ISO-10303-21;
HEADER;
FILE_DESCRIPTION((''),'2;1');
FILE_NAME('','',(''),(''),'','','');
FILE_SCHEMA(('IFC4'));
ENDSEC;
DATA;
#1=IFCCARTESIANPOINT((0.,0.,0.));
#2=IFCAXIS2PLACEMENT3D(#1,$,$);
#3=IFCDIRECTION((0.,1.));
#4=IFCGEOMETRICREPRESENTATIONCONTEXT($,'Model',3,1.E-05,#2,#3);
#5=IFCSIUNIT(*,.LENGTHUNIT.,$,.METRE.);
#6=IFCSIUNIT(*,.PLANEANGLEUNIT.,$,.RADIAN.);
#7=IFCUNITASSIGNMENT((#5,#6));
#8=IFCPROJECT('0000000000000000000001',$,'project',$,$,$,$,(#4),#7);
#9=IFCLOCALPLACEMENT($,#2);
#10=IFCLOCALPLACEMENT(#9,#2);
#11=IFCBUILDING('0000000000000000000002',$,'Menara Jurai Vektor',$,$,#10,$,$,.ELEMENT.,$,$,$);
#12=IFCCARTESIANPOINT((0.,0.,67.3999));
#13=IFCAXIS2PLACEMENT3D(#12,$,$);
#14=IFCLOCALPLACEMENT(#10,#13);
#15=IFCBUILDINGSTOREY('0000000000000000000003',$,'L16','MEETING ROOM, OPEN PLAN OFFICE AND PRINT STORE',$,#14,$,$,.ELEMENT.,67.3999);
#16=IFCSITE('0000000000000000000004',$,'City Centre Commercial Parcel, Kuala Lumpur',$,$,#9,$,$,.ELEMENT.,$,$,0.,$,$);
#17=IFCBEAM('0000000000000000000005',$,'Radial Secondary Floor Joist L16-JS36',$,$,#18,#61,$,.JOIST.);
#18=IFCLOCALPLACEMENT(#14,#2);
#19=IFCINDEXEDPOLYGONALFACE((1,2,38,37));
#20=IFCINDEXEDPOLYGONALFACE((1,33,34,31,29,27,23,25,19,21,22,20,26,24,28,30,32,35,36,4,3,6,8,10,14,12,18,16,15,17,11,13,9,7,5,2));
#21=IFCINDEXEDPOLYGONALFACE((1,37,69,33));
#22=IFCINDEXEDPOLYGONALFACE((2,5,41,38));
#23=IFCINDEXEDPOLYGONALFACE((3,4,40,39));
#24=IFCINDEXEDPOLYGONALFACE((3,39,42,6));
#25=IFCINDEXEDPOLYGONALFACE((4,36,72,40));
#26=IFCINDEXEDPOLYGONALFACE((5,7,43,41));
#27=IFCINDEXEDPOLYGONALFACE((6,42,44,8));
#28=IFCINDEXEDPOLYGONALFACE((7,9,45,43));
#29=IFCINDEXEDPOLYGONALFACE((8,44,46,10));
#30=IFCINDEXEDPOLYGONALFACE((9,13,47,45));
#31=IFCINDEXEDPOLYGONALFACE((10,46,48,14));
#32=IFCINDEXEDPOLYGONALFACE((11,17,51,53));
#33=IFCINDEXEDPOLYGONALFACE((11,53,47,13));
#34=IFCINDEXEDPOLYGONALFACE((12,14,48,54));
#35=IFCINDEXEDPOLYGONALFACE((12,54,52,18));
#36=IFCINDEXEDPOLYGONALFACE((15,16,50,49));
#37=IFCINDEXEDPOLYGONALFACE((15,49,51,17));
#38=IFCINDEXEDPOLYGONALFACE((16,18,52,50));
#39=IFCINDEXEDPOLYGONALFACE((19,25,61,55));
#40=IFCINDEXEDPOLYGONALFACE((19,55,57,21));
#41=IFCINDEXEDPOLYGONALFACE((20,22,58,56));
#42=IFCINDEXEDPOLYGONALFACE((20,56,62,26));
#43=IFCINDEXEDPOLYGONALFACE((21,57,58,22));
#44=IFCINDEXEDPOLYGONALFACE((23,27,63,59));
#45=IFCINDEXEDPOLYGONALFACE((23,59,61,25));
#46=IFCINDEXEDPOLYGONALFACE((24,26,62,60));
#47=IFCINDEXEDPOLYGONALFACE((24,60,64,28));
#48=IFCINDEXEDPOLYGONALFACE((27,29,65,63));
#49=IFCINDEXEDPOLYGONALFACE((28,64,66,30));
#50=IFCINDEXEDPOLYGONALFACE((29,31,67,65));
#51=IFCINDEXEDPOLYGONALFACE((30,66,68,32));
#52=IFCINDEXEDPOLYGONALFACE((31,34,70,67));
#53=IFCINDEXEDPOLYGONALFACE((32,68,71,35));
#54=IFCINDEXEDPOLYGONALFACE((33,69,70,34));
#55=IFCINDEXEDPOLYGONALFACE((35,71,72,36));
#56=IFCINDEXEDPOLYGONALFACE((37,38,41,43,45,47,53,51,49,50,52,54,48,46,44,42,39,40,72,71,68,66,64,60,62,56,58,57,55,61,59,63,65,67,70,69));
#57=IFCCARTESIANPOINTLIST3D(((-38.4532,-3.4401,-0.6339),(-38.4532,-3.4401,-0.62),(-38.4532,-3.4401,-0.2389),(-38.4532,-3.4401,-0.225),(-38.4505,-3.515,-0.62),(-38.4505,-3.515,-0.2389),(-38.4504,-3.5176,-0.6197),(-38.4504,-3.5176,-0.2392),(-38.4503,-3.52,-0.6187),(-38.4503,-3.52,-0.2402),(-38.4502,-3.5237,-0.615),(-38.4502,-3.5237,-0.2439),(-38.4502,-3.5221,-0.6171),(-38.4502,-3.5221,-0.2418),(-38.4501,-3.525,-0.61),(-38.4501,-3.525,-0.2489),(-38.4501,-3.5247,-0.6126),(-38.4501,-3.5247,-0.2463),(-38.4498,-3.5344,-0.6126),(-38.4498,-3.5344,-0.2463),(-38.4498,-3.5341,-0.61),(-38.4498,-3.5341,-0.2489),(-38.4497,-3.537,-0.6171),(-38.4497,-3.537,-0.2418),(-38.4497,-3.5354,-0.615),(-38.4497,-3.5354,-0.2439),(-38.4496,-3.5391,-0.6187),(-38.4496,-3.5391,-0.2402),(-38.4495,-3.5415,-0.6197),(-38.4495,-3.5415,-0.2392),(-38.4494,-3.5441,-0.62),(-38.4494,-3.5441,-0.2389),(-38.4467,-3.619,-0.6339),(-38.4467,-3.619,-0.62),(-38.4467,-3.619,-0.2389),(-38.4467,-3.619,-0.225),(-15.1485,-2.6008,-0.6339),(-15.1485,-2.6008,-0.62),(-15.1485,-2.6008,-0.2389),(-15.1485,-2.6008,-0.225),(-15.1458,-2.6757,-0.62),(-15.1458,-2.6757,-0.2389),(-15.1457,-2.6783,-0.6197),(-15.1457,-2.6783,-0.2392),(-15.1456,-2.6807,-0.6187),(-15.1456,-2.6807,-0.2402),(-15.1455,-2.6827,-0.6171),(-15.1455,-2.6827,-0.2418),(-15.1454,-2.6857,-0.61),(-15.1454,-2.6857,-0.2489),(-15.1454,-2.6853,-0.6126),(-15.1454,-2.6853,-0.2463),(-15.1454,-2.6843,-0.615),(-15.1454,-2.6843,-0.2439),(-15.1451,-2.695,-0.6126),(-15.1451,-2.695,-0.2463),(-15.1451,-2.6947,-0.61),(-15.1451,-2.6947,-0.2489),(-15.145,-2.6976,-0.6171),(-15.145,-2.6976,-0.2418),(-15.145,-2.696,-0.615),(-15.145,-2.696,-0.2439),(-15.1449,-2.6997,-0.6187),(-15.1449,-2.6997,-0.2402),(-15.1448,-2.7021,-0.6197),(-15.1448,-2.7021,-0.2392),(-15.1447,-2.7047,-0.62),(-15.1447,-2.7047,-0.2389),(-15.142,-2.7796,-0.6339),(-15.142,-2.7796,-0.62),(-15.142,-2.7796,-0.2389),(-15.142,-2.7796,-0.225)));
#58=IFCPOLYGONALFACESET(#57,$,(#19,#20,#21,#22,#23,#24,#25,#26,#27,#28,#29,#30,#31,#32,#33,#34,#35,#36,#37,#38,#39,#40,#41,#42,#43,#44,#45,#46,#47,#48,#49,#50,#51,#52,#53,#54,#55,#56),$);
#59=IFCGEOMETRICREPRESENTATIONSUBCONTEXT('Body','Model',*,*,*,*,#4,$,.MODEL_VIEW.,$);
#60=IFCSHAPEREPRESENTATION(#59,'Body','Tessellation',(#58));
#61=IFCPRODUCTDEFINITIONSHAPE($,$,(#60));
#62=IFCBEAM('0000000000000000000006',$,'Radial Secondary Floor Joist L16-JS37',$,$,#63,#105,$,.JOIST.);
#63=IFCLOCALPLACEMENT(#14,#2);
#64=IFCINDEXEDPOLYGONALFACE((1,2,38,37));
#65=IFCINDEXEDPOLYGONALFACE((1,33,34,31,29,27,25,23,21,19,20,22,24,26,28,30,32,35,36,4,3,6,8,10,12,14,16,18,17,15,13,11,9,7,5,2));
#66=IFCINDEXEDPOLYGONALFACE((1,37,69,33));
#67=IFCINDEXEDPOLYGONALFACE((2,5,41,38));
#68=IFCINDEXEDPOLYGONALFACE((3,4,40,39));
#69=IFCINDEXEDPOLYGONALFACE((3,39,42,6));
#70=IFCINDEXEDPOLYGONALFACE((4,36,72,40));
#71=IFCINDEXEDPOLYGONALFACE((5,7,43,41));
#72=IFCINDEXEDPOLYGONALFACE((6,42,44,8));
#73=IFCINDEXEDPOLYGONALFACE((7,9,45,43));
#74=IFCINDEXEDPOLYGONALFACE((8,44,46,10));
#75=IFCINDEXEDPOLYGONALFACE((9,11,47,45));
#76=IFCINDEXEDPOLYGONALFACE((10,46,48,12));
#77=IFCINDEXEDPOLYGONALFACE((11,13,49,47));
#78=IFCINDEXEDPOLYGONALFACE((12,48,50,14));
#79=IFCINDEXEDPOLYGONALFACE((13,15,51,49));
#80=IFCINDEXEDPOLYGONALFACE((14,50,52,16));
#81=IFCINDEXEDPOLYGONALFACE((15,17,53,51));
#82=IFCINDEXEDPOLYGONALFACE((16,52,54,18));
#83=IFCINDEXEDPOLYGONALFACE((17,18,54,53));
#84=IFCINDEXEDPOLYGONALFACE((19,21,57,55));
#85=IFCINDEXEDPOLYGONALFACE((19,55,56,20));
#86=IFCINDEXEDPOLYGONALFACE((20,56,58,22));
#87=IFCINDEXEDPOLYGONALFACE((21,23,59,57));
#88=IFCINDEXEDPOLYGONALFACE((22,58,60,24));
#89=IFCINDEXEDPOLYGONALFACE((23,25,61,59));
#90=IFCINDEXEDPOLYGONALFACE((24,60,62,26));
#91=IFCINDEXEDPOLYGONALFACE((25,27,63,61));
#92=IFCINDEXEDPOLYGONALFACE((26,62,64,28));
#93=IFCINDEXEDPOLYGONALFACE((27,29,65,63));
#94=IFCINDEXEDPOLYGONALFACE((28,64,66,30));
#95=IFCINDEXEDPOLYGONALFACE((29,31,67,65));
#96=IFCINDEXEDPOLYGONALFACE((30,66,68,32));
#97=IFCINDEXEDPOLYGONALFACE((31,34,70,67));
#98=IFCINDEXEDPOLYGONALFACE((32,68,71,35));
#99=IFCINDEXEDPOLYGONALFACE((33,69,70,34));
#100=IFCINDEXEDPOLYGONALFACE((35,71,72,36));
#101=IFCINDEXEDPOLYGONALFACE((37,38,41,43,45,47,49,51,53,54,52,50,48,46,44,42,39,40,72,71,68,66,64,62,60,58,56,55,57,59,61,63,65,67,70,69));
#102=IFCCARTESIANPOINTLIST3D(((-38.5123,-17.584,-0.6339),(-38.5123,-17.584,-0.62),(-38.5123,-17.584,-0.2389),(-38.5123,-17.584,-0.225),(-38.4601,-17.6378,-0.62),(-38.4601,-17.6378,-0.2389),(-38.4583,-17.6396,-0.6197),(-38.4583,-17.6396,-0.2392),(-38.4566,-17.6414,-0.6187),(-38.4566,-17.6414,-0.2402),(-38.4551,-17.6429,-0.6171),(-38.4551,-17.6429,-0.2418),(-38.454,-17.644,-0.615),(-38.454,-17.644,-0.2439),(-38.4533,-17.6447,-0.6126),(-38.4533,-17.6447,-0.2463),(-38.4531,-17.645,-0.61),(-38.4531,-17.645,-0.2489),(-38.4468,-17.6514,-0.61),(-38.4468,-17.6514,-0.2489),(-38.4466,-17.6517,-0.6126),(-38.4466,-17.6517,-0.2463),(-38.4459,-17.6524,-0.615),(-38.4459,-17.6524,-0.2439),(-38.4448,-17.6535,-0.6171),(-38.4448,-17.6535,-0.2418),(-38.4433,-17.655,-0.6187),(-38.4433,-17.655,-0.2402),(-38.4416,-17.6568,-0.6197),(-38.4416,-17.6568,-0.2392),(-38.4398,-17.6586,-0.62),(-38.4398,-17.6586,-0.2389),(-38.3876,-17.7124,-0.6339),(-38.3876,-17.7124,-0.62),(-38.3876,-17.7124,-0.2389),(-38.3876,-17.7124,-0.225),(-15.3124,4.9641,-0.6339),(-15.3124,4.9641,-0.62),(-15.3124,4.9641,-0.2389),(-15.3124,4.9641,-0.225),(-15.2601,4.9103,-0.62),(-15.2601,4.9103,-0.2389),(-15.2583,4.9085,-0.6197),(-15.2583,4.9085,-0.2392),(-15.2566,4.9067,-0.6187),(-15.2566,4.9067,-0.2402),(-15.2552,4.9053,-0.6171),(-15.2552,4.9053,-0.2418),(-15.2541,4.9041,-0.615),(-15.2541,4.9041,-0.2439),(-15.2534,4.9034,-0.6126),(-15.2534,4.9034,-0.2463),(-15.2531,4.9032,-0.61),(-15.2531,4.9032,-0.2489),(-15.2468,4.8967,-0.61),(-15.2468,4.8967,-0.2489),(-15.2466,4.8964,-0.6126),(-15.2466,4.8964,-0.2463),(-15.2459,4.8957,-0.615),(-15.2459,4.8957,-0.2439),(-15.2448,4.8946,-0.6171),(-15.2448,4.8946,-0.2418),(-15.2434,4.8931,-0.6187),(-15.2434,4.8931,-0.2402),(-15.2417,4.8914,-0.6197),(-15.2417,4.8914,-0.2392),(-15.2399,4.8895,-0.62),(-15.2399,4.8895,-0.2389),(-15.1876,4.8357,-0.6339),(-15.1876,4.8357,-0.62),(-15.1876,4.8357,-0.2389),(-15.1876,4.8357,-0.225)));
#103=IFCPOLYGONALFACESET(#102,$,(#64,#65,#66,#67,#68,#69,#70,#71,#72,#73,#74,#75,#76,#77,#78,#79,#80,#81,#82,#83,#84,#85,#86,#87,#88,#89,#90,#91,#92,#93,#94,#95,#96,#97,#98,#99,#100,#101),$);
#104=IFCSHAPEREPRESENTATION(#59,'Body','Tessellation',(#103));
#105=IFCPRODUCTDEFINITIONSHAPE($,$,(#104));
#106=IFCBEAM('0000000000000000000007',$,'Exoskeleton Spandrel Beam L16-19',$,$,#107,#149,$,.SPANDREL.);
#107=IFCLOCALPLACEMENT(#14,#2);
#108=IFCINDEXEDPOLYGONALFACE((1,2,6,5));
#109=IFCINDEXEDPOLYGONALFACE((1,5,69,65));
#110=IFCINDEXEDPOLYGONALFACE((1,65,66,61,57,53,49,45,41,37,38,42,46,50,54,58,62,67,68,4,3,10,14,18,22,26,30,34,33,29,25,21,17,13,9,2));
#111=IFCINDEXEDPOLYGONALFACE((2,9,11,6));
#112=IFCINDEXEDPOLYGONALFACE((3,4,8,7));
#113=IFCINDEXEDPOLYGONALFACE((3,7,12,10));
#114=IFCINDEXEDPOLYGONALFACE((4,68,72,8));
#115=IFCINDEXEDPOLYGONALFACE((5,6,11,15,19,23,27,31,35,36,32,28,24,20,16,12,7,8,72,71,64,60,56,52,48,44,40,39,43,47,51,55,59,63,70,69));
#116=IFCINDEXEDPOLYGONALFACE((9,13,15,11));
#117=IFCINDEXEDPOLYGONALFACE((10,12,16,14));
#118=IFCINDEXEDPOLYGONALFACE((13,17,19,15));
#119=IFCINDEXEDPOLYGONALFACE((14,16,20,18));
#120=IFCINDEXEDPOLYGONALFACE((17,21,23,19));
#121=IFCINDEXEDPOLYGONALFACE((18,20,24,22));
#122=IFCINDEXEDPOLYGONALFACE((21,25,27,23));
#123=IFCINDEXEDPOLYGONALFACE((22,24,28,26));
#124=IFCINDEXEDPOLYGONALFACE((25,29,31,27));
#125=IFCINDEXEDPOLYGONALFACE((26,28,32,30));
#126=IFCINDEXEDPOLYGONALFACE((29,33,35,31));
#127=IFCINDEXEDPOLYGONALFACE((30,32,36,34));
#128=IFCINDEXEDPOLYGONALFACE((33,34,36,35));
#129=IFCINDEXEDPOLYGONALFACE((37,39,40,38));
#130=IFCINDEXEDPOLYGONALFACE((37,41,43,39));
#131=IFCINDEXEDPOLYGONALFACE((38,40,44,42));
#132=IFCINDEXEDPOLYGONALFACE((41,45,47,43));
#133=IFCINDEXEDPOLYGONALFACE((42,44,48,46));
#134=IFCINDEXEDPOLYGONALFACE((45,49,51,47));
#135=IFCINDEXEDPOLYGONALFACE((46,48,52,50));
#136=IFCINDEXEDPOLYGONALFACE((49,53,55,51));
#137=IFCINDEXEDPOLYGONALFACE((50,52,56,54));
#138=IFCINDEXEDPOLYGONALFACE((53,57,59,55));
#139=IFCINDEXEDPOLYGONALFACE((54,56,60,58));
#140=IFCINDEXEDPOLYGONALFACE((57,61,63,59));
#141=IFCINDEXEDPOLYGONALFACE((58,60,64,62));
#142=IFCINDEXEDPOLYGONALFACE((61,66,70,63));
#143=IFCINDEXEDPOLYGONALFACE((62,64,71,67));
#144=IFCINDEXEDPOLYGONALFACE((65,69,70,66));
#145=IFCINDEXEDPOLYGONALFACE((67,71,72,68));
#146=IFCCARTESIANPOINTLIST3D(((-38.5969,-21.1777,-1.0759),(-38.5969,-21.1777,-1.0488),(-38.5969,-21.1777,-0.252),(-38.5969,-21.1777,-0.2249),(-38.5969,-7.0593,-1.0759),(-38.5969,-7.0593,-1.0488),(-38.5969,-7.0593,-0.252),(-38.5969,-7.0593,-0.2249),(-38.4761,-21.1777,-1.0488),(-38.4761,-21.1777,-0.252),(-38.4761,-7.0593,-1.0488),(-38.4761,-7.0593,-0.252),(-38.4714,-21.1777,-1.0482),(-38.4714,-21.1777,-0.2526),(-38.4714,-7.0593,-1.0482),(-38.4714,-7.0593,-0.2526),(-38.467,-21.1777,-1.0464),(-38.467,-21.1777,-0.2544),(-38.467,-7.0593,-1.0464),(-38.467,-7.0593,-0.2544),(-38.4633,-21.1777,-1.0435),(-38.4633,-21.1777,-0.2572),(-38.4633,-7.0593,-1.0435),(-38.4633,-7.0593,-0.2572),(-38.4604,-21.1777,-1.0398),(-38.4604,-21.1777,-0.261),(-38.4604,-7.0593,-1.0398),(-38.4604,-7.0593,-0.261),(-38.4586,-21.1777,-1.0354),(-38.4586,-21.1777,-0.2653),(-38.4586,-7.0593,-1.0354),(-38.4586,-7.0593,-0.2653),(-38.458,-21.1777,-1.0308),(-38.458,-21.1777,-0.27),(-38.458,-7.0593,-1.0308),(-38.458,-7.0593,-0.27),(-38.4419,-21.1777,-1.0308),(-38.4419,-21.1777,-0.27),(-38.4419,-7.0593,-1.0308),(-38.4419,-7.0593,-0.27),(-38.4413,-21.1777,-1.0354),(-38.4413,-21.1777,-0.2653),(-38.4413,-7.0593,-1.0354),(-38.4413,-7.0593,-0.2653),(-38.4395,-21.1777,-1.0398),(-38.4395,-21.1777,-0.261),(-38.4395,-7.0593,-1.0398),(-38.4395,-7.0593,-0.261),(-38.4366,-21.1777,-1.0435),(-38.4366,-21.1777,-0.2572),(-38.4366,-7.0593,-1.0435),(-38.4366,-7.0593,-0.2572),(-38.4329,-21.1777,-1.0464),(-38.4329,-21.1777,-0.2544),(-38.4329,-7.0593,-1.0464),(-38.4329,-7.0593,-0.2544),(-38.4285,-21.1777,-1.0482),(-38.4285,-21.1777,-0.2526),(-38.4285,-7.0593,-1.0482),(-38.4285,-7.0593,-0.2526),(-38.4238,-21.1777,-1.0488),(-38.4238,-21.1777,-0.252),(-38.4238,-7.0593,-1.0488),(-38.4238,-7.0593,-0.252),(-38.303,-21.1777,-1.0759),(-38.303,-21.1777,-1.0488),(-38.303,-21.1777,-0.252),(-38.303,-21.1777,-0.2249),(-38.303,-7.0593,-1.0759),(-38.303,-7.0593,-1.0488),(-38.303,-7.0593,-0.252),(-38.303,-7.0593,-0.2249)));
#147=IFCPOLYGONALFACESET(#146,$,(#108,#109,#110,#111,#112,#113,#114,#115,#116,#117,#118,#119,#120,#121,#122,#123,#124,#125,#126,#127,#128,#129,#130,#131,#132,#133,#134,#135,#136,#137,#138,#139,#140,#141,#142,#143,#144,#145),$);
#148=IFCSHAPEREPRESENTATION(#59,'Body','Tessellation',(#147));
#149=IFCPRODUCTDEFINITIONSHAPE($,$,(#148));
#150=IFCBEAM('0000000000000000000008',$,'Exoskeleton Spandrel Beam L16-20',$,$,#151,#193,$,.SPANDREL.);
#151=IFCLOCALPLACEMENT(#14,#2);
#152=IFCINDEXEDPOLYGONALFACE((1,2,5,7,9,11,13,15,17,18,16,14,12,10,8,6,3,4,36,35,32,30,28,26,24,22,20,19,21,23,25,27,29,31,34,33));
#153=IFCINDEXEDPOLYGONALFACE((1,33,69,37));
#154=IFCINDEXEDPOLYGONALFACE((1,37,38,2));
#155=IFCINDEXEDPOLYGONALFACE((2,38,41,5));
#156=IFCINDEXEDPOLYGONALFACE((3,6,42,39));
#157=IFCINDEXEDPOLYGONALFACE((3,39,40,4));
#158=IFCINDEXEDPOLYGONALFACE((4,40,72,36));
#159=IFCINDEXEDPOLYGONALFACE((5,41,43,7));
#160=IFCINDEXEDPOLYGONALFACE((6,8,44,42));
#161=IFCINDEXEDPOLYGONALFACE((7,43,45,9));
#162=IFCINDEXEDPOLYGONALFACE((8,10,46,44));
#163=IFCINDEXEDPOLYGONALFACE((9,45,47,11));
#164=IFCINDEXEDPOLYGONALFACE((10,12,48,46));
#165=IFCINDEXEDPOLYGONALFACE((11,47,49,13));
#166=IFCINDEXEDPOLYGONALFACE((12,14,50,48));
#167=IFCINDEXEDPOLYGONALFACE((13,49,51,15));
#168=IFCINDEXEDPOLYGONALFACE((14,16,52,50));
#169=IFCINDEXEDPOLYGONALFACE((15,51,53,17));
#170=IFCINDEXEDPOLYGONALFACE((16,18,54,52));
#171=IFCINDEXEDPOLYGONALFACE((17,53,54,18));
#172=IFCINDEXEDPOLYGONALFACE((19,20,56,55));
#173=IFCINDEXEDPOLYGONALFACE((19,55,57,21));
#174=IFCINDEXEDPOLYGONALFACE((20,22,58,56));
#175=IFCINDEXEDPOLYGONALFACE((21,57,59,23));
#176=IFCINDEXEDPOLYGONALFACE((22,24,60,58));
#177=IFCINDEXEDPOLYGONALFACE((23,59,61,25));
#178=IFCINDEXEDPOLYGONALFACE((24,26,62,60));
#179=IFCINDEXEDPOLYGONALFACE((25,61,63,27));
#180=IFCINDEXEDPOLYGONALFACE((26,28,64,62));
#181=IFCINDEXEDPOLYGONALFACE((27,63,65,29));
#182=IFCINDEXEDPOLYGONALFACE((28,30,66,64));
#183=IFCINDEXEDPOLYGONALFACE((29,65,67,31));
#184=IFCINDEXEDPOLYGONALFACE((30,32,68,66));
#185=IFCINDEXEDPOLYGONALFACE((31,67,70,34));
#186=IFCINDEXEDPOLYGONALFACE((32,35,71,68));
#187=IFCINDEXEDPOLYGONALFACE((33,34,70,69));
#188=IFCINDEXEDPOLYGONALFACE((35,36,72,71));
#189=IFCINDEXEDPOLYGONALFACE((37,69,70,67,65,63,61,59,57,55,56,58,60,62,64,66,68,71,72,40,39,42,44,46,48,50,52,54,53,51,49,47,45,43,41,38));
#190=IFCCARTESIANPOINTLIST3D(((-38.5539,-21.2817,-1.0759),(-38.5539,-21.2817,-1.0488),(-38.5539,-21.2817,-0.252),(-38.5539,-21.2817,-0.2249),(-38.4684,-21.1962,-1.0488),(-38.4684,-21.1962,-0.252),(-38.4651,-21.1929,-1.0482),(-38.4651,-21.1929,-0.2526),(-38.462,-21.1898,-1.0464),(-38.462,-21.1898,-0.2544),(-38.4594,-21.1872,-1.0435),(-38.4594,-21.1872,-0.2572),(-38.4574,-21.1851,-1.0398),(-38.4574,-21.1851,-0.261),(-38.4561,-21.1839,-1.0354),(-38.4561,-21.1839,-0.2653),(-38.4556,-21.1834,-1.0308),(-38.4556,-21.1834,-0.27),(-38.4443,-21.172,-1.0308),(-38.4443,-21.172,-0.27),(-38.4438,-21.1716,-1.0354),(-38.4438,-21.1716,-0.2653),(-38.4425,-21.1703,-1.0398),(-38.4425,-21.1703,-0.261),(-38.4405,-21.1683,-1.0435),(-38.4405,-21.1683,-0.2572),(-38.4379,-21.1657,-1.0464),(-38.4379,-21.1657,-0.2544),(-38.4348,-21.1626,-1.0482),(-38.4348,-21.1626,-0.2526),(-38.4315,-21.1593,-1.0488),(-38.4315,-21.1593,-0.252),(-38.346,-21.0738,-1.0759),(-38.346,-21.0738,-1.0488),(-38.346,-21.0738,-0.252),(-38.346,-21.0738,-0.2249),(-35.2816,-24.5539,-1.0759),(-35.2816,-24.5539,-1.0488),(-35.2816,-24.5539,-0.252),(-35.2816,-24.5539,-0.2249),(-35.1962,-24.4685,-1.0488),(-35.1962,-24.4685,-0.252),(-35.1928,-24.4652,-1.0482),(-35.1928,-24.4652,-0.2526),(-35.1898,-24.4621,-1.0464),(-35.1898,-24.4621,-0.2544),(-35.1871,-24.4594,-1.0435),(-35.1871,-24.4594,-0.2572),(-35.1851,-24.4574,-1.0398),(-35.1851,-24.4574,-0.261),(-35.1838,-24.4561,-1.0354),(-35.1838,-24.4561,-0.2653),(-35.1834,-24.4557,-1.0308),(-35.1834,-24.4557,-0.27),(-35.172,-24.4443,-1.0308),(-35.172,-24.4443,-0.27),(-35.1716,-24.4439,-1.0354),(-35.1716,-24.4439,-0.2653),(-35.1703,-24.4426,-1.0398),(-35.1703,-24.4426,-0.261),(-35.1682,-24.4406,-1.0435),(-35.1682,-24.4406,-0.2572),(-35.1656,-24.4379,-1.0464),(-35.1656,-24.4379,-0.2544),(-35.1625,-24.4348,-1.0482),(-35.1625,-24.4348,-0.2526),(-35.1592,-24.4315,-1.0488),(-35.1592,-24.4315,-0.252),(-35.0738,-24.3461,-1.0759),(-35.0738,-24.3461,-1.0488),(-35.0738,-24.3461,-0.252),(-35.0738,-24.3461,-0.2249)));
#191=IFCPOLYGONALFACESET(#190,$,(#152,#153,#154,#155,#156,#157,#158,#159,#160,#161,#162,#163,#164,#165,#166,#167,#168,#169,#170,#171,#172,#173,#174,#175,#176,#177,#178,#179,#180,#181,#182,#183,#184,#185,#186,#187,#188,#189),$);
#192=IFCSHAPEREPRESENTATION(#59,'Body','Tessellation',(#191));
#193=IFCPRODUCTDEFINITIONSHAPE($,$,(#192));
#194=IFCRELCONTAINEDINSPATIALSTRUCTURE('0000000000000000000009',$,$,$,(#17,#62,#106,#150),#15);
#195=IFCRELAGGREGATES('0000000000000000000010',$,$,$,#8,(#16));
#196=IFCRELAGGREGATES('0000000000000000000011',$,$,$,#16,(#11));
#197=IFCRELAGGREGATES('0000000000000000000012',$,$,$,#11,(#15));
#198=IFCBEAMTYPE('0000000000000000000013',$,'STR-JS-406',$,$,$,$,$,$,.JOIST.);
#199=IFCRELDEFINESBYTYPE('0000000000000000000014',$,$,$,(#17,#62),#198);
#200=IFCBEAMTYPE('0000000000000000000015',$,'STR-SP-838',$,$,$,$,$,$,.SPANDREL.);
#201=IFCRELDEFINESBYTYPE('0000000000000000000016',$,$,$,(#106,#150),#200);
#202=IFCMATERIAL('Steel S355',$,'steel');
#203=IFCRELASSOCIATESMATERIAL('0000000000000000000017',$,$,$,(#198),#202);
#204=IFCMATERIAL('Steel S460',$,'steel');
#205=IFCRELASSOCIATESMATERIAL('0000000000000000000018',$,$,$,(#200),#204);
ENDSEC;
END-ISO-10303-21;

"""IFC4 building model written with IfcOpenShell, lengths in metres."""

from ifc_helpers import new_model, si_unit, direction, frame, origin, origin_2d, place, context, subcontext, project, spatial, i_section, extrude, material, material_profile, profile_set, type_object, element, save


model = new_model("IFC4")

# Units and contexts
model_context = context("Model", 3, precision=1e-05, world=origin(), true_north=direction((0.0, 1.0)))
body_context = subcontext(model_context, "Body", "Model", "MODEL_VIEW")
ifc_project = project(units=[si_unit("LENGTHUNIT", "METRE"), si_unit("PLANEANGLEUNIT", "RADIAN")], contexts=[model_context])

# Site, building, storey
site_placement = place(None, origin())
site = spatial("IfcSite", under=ifc_project, at=site_placement, Name="City Centre Commercial Parcel, Kuala Lumpur", CompositionType="ELEMENT", RefElevation=0.0)
building_placement = place(site_placement, origin())
building = spatial("IfcBuilding", under=site, at=building_placement, Name="Menara Jurai Vektor", CompositionType="ELEMENT")
storey_placement = place(building_placement, frame((0.0, 0.0, 67.3999)))
storey = spatial("IfcBuildingStorey", under=building, at=storey_placement, Name="L16", Description="MEETING ROOM, OPEN PLAN OFFICE AND PRINT STORE", CompositionType="ELEMENT", Elevation=67.3999)

# Shared definitions
ifc_material_1 = material(Name="Steel S460", Category="steel")

# Shared definitions
ifc_material_2 = material(Name="Steel S355", Category="steel")

# Beams
ifc_material_profile_1 = material_profile(ifc_material_2, i_section(OverallWidth=0.179, OverallDepth=0.4089, WebThickness=0.009, FlangeThickness=0.0139, FilletRadius=0.01, at=origin_2d()), Name="UKB 406x178x67")
ifc_profile_set_1 = profile_set([ifc_material_profile_1], Name="Steel S355")
beam_type_1 = type_object("IfcBeamType", Name="STR-JS-406", PredefinedType="JOIST", material=ifc_profile_set_1)
beam_1_placement = place(storey_placement, frame((-38.45, -3.5295, -0.4294), z_axis=(0.999352, 0.035993, 0.0), x_axis=(-0.035993, 0.999352, 0.0)))
element("IfcBeam", 1, at=beam_1_placement, inside=storey, type_object=beam_type_1, Name="Radial Secondary Floor Joist L16-JS36", PredefinedType="JOIST", context=body_context, shape_type="SweptSolid", body=[
    extrude(i_section(OverallWidth=0.179, OverallDepth=0.4089, WebThickness=0.009, FlangeThickness=0.0139, FilletRadius=0.01, at=origin_2d()), origin(), (0.0, 0.0, 1.0), 23.3198),
])
beam_2_placement = place(storey_placement, frame((-38.45, -17.6482, -0.4294), z_axis=(0.717109, 0.696961, 0.0), x_axis=(-0.696961, 0.717109, 0.0)))
element("IfcBeam", 2, at=beam_2_placement, inside=storey, type_object=beam_type_1, Name="Radial Secondary Floor Joist L16-JS37", PredefinedType="JOIST", context=body_context, shape_type="SweptSolid", body=[
    extrude(i_section(OverallWidth=0.179, OverallDepth=0.4089, WebThickness=0.009, FlangeThickness=0.0139, FilletRadius=0.01, at=origin_2d()), origin(), (0.0, 0.0, 1.0), 32.3521),
])
ifc_material_profile_2 = material_profile(ifc_material_1, i_section(OverallWidth=0.2939, OverallDepth=0.8511, WebThickness=0.0161, FlangeThickness=0.0271, FilletRadius=0.0181, at=origin_2d()), Name="UKB 838x292x226")
ifc_profile_set_2 = profile_set([ifc_material_profile_2], Name="Steel S460")
beam_type_2 = type_object("IfcBeamType", Name="STR-SP-838", PredefinedType="SPANDREL", material=ifc_profile_set_2)
beam_3_placement = place(storey_placement, frame((-38.45, -7.0593, -0.6504), z_axis=(0.0, -1.0, 0.0), x_axis=(1.0, 0.0, 0.0)))
element("IfcBeam", 3, at=beam_3_placement, inside=storey, type_object=beam_type_2, Name="Exoskeleton Spandrel Beam L16-19", PredefinedType="SPANDREL", context=body_context, shape_type="SweptSolid", body=[
    extrude(i_section(OverallWidth=0.2939, OverallDepth=0.8511, WebThickness=0.0161, FlangeThickness=0.0271, FilletRadius=0.0181, at=origin_2d()), origin(), (0.0, 0.0, 1.0), 14.1184),
])
beam_4_placement = place(storey_placement, frame((-38.45, -21.1777, -0.6504), z_axis=(0.707107, -0.707107, 0.0), x_axis=(0.707107, 0.707107, 0.0)))
element("IfcBeam", 4, at=beam_4_placement, inside=storey, type_object=beam_type_2, Name="Exoskeleton Spandrel Beam L16-20", PredefinedType="SPANDREL", context=body_context, shape_type="SweptSolid", body=[
    extrude(i_section(OverallWidth=0.2939, OverallDepth=0.8511, WebThickness=0.0161, FlangeThickness=0.0271, FilletRadius=0.0181, at=origin_2d()), origin(), (0.0, 0.0, 1.0), 4.6277),
])

save(model, "model.ifc")
